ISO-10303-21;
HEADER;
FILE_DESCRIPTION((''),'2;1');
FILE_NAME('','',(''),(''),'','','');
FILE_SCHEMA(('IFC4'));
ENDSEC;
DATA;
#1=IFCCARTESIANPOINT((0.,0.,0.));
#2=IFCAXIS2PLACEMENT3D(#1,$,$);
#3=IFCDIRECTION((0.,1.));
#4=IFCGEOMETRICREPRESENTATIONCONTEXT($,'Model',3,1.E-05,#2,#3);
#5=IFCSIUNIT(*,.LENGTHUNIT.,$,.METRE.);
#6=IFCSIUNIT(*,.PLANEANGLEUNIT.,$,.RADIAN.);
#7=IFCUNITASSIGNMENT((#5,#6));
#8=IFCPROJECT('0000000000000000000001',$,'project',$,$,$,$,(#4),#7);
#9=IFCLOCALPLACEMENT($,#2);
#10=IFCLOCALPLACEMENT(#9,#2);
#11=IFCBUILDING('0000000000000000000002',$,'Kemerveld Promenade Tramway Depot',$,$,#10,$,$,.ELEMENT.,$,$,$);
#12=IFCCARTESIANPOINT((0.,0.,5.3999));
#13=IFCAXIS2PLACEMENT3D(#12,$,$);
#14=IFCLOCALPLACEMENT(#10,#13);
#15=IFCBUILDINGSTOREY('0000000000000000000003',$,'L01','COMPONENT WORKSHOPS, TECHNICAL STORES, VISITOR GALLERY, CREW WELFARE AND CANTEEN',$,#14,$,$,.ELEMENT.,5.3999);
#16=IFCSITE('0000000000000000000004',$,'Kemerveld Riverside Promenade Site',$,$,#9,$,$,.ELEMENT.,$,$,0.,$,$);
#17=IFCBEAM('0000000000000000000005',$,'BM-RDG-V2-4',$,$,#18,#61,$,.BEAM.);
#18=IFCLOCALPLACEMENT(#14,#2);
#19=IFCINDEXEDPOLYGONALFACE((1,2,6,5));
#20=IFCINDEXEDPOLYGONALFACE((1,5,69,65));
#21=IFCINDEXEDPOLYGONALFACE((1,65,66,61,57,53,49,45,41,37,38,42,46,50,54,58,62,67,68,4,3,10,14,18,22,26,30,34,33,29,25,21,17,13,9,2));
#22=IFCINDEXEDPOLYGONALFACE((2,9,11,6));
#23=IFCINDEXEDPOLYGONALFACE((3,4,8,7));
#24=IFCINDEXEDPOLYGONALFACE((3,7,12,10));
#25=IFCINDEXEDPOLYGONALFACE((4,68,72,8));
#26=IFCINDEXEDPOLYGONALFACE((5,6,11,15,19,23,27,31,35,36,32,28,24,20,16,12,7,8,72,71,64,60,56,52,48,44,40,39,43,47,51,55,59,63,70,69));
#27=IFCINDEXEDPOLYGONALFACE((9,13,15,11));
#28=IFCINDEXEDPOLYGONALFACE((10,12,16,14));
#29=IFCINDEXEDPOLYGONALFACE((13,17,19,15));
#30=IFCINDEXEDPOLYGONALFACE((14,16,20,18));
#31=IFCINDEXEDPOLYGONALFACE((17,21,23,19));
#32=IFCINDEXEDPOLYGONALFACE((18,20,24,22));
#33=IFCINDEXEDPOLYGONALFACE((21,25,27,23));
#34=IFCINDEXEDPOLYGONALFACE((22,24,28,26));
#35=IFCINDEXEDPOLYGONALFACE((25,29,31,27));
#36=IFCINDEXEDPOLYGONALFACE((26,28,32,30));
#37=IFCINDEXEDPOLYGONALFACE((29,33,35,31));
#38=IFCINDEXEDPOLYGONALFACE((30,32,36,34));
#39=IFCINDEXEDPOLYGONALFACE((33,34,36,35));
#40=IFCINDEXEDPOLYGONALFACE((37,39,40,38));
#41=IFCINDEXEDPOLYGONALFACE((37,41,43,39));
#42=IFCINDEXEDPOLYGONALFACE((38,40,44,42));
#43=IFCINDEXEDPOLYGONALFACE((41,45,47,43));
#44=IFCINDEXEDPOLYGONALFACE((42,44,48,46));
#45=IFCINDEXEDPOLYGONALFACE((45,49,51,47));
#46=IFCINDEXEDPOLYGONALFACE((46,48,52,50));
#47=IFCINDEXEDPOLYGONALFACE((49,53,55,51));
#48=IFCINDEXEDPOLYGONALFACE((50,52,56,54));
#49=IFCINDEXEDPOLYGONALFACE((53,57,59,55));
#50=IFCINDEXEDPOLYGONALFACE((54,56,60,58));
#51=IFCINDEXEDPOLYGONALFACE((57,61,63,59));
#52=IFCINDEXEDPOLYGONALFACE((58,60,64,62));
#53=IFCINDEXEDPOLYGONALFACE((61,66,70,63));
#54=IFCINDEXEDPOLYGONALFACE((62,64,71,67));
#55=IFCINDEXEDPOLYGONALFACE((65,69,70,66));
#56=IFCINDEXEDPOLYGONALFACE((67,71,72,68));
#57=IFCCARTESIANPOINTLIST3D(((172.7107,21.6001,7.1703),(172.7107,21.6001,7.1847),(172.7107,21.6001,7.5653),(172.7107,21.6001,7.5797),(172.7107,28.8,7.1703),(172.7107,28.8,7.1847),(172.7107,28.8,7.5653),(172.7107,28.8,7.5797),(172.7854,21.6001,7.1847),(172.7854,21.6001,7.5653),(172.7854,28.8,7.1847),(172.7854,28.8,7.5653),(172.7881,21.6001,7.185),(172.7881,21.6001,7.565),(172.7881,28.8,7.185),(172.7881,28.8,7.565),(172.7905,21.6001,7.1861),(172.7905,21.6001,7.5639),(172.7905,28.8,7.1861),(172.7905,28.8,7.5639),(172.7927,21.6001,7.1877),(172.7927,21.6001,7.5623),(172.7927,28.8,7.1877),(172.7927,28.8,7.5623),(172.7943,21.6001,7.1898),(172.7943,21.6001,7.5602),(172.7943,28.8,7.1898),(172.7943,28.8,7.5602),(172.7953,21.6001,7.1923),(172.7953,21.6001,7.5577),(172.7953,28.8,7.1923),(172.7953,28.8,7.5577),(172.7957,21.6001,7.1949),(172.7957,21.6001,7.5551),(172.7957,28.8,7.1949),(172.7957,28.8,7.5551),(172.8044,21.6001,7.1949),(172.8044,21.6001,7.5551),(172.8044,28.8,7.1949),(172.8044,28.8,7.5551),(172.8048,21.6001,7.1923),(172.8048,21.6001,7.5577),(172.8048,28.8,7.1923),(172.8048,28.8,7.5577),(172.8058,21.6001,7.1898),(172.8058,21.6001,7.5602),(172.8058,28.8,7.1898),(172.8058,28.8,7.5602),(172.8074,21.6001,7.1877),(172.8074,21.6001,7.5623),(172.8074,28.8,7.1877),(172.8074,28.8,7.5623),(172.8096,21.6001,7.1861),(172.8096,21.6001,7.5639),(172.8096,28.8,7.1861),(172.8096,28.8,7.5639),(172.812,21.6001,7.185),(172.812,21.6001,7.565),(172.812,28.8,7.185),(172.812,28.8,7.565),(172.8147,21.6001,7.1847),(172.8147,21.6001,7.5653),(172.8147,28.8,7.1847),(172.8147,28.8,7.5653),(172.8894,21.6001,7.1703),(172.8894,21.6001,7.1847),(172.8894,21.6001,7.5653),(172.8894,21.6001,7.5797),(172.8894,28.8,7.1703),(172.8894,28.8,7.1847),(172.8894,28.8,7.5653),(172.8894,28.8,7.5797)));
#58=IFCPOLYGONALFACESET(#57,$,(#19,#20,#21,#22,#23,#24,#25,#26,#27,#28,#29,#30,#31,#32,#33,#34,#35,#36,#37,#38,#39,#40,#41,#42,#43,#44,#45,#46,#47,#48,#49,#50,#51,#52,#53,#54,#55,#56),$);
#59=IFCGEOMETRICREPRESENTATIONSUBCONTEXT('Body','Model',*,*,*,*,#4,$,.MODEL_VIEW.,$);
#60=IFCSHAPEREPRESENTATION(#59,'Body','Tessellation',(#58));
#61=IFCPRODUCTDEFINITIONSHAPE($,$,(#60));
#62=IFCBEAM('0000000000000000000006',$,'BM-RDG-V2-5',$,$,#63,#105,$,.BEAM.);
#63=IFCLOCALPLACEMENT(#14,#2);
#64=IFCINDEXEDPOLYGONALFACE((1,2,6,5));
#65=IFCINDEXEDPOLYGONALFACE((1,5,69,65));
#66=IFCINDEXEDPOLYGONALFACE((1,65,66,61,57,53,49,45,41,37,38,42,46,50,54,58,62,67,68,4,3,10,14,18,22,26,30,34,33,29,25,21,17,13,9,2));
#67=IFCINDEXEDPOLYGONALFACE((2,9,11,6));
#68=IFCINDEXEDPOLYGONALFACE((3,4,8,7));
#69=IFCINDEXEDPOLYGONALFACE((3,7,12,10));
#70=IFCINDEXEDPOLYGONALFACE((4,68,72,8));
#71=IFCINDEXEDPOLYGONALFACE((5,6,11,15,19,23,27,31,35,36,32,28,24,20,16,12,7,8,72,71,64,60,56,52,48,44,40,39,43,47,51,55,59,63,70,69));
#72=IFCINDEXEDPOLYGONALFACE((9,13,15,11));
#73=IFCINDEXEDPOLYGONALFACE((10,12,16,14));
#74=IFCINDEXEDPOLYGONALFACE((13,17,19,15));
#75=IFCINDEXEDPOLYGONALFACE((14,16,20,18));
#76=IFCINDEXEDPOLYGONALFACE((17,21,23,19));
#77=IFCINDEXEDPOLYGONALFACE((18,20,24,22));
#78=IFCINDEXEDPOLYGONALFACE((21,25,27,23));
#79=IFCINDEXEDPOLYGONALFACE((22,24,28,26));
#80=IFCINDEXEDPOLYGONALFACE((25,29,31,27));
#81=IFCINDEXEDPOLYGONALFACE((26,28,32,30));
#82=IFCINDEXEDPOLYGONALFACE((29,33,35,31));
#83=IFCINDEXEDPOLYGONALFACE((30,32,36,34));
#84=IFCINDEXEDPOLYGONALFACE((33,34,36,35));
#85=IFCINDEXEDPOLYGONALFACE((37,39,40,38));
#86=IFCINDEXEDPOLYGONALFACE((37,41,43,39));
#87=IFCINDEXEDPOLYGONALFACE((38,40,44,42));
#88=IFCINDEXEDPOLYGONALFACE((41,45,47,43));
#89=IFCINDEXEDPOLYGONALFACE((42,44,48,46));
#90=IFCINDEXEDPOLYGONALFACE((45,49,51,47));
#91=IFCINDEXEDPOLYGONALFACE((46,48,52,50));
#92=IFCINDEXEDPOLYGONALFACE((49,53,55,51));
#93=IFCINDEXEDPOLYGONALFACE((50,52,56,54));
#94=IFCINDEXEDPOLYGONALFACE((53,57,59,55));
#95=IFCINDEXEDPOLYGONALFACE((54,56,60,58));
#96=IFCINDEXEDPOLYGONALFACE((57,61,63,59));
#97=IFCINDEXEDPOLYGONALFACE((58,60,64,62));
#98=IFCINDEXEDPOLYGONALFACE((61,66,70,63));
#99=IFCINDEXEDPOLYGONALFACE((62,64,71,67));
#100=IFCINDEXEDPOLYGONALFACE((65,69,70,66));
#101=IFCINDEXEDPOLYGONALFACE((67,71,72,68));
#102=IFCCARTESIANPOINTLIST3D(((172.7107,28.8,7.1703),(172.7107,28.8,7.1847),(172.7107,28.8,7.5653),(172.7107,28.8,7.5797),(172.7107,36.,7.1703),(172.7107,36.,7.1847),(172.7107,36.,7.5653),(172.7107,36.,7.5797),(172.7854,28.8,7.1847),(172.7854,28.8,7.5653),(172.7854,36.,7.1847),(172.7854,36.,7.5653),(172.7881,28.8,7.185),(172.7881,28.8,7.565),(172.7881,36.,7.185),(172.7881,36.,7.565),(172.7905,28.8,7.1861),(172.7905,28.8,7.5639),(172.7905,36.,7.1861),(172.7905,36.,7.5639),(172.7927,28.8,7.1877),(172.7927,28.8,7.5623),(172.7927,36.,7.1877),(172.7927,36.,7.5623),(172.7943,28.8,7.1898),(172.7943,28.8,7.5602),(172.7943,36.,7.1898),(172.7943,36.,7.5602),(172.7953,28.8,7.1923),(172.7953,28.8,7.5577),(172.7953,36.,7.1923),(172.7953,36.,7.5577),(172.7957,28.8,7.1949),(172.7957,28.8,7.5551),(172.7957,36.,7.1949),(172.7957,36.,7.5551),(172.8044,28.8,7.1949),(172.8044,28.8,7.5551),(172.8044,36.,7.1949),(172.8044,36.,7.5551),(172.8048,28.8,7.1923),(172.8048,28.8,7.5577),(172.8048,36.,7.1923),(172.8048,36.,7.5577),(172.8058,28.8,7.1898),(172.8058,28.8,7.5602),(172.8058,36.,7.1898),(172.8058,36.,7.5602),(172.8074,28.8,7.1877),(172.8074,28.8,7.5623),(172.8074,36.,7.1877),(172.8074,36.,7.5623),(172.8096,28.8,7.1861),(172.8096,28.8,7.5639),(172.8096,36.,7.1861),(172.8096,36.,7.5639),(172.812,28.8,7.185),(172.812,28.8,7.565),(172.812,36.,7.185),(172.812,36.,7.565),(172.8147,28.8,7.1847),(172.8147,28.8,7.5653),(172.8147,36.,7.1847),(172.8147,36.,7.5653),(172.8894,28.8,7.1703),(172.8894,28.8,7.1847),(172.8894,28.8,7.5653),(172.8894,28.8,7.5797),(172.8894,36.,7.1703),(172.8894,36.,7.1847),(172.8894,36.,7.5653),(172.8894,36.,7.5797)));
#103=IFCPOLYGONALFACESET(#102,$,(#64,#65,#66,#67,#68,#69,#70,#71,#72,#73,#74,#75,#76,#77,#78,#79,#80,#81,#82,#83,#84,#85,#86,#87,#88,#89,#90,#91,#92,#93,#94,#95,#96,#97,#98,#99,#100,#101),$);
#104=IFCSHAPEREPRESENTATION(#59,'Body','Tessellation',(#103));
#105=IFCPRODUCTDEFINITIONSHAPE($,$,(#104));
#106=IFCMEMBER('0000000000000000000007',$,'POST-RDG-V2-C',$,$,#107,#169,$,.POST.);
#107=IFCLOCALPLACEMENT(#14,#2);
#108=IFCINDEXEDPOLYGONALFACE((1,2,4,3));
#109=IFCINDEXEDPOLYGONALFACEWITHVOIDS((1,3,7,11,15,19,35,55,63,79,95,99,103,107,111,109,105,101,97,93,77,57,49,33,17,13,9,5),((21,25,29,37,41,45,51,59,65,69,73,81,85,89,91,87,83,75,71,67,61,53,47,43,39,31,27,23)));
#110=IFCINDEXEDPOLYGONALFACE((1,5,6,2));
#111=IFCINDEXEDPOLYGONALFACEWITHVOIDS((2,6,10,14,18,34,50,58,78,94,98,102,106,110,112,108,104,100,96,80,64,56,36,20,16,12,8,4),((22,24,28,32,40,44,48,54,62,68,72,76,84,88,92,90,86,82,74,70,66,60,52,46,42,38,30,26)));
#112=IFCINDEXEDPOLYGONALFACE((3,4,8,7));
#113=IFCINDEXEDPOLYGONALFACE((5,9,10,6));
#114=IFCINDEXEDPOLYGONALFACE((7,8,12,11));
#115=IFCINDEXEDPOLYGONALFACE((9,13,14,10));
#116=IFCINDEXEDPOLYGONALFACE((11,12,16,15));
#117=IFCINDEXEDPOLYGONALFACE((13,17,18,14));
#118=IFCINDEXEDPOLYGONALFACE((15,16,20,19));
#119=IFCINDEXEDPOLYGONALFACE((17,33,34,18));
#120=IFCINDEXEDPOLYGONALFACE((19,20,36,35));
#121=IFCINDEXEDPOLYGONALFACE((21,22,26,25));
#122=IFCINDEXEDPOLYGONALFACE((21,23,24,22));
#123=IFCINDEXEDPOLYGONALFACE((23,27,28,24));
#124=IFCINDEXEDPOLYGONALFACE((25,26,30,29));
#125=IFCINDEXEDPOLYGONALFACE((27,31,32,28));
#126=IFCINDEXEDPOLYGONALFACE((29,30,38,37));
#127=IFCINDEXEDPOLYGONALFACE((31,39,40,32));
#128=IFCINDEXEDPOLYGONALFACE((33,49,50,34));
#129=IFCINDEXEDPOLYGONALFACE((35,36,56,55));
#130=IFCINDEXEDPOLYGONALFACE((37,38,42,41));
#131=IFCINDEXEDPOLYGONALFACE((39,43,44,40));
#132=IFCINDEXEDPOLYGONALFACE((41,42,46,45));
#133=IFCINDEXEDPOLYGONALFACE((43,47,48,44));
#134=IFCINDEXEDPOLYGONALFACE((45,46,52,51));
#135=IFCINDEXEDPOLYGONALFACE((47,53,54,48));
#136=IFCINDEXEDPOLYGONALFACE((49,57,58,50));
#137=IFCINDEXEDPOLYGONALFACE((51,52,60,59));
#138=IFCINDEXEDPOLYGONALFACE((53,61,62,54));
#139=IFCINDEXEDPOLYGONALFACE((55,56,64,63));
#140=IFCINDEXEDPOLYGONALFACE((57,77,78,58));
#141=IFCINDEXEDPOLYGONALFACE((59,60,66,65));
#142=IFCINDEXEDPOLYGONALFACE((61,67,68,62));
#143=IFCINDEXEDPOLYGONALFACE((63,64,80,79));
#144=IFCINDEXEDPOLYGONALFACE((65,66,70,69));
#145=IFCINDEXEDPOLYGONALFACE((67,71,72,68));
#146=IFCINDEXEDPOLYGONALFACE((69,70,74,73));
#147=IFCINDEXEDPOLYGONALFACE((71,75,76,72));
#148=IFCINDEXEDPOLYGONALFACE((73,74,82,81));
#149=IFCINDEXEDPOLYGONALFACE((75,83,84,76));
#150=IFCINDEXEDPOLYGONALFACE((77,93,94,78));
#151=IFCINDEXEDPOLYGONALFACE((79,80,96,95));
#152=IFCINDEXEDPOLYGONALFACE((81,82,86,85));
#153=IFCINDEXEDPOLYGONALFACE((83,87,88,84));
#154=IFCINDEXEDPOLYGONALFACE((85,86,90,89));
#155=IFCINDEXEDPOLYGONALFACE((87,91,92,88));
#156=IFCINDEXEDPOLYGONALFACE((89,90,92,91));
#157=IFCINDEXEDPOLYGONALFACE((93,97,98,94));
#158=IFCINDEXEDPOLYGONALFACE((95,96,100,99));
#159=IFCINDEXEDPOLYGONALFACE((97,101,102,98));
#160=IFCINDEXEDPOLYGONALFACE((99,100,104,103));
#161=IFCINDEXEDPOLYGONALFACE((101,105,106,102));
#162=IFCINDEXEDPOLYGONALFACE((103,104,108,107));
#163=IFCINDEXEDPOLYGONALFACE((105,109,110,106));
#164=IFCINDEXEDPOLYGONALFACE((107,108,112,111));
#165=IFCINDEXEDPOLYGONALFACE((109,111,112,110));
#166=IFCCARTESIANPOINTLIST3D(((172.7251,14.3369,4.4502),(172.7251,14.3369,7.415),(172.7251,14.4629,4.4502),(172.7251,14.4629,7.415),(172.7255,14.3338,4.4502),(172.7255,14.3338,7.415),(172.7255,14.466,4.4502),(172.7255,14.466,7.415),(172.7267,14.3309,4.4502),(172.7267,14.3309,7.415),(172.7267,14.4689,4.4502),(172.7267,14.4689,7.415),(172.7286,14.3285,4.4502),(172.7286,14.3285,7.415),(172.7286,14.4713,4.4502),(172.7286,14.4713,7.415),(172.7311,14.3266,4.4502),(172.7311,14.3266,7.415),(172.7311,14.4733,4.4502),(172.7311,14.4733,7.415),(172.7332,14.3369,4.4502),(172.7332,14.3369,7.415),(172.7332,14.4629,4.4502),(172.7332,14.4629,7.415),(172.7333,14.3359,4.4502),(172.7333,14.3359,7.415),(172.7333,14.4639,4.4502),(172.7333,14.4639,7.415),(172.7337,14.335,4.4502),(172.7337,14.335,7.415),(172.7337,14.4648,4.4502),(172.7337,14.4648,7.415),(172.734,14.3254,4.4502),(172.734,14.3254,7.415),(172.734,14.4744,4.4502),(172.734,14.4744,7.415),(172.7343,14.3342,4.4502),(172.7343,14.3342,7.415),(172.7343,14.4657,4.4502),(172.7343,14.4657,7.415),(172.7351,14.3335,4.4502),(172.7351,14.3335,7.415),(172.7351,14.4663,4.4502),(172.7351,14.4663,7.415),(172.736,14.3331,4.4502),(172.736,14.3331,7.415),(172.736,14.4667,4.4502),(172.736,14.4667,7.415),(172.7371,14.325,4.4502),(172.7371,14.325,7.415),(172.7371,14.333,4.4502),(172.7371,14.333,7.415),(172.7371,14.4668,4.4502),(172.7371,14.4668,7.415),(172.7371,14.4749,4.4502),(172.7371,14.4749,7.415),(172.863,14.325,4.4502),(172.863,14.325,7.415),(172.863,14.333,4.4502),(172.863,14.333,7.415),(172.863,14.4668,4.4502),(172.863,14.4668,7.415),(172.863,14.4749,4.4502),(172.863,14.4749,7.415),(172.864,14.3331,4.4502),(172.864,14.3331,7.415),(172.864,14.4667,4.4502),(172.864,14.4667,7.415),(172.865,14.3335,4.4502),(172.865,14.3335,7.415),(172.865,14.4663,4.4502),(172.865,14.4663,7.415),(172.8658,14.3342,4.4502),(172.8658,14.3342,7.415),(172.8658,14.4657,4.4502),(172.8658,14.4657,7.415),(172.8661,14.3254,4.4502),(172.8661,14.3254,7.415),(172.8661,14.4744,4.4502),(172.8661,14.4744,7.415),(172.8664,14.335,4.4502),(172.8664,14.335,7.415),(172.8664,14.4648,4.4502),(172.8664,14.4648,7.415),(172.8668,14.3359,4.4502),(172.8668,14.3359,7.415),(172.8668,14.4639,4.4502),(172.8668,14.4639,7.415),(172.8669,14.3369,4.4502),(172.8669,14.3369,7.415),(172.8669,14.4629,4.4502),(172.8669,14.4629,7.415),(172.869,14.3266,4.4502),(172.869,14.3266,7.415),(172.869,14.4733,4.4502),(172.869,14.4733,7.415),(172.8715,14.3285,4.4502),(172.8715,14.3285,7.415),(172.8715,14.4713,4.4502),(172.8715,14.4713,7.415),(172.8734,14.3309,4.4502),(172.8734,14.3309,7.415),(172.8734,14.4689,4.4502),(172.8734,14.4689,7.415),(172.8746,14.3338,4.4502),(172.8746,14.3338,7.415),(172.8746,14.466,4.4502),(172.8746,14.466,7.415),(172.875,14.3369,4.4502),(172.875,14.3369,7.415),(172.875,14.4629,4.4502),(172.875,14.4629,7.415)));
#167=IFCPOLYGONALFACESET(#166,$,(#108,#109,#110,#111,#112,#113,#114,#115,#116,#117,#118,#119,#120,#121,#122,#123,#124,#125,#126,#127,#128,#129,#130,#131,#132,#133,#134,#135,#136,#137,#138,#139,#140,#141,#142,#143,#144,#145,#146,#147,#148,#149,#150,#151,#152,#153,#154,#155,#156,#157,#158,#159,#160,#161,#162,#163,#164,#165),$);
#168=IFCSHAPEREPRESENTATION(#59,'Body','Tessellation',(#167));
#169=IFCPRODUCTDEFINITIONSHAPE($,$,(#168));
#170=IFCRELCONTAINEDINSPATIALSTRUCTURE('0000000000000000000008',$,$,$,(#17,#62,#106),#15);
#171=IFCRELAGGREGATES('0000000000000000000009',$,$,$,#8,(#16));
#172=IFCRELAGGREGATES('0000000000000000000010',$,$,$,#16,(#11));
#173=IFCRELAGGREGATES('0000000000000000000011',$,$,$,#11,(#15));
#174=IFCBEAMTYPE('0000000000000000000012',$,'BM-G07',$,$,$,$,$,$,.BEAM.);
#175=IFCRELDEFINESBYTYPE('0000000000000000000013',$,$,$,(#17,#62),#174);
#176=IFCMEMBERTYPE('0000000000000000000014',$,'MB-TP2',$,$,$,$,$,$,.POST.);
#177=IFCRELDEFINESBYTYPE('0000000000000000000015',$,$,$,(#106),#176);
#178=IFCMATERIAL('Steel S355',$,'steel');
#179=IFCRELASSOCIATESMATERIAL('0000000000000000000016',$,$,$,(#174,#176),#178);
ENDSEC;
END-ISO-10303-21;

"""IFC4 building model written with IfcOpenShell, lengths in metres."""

from ifc_helpers import new_model, si_unit, direction, frame, origin, origin_2d, place, context, subcontext, project, spatial, hollow_rectangle, i_section, extrude, material, material_profile, profile_set, type_object, element, save


model = new_model("IFC4")

# Units and contexts
model_context = context("Model", 3, precision=1e-05, world=origin(), true_north=direction((0.0, 1.0)))
body_context = subcontext(model_context, "Body", "Model", "MODEL_VIEW")
ifc_project = project(units=[si_unit("LENGTHUNIT", "METRE"), si_unit("PLANEANGLEUNIT", "RADIAN")], contexts=[model_context])

# Site, building, storey
site_placement = place(None, origin())
site = spatial("IfcSite", under=ifc_project, at=site_placement, Name="Kemerveld Riverside Promenade Site", CompositionType="ELEMENT", RefElevation=0.0)
building_placement = place(site_placement, origin())
building = spatial("IfcBuilding", under=site, at=building_placement, Name="Kemerveld Promenade Tramway Depot", CompositionType="ELEMENT")
storey_placement = place(building_placement, frame((0.0, 0.0, 5.3999)))
storey = spatial("IfcBuildingStorey", under=building, at=storey_placement, Name="L01", Description="COMPONENT WORKSHOPS, TECHNICAL STORES, VISITOR GALLERY, CREW WELFARE AND CANTEEN", CompositionType="ELEMENT", Elevation=5.3999)

# Shared definitions
ifc_material_1 = material(Name="Steel S355", Category="steel")

# Beams
ifc_material_profile_1 = material_profile(ifc_material_1, i_section(OverallWidth=0.1787, OverallDepth=0.4094, WebThickness=0.0088, FlangeThickness=0.0144, FilletRadius=0.0103, at=origin_2d()), Name="406x178x67 UB")
ifc_profile_set_1 = profile_set([ifc_material_profile_1], Name="Steel S355")
beam_type_1 = type_object("IfcBeamType", Name="BM-G07", PredefinedType="BEAM", material=ifc_profile_set_1)
for number, where, z_axis, x_axis, name in (
    (1, (172.8, 21.6001, 7.375), (0.0, 1.0, 0.0), (-1.0, 0.0, 0.0), "BM-RDG-V2-4"),
    (2, (172.8, 28.8, 7.375), (0.0, 1.0, 0.0), (-1.0, 0.0, 0.0), "BM-RDG-V2-5"),
):
    element("IfcBeam", number, at=place(storey_placement, frame(where, z_axis=z_axis, x_axis=x_axis)), inside=storey, type_object=beam_type_1, Name=name, PredefinedType="BEAM", context=body_context, shape_type="SweptSolid", body=[
        extrude(i_section(OverallWidth=0.1787, OverallDepth=0.4094, WebThickness=0.0088, FlangeThickness=0.0144, FilletRadius=0.0103, at=origin_2d()), origin(), (0.0, 0.0, 1.0), 7.2),
    ])

# Member
ifc_material_profile_2 = material_profile(ifc_material_1, hollow_rectangle(XDim=0.1499, YDim=0.1499, WallThickness=0.0081, InnerFilletRadius=0.0039, OuterFilletRadius=0.012, at=origin_2d()), Name="150x150x8.0 SHS")
ifc_profile_set_2 = profile_set([ifc_material_profile_2], Name="Steel S355")
member_type = type_object("IfcMemberType", Name="MB-TP2", PredefinedType="POST", material=ifc_profile_set_2)
for number, where, z_axis, x_axis, name in (
    (3, (172.8, 14.3999, 4.4502), (0.0, 0.0, 1.0), (1.0, 0.0, 0.0), "POST-RDG-V2-C"),
):
    element("IfcMember", number, at=place(storey_placement, frame(where, z_axis=z_axis, x_axis=x_axis)), inside=storey, type_object=member_type, Name=name, PredefinedType="POST", context=body_context, shape_type="SweptSolid", body=[
        extrude(hollow_rectangle(XDim=0.1499, YDim=0.1499, WallThickness=0.0081, InnerFilletRadius=0.0039, OuterFilletRadius=0.012, at=origin_2d()), origin(), (0.0, 0.0, 1.0), 2.9648),
    ])

save(model, "model.ifc")
